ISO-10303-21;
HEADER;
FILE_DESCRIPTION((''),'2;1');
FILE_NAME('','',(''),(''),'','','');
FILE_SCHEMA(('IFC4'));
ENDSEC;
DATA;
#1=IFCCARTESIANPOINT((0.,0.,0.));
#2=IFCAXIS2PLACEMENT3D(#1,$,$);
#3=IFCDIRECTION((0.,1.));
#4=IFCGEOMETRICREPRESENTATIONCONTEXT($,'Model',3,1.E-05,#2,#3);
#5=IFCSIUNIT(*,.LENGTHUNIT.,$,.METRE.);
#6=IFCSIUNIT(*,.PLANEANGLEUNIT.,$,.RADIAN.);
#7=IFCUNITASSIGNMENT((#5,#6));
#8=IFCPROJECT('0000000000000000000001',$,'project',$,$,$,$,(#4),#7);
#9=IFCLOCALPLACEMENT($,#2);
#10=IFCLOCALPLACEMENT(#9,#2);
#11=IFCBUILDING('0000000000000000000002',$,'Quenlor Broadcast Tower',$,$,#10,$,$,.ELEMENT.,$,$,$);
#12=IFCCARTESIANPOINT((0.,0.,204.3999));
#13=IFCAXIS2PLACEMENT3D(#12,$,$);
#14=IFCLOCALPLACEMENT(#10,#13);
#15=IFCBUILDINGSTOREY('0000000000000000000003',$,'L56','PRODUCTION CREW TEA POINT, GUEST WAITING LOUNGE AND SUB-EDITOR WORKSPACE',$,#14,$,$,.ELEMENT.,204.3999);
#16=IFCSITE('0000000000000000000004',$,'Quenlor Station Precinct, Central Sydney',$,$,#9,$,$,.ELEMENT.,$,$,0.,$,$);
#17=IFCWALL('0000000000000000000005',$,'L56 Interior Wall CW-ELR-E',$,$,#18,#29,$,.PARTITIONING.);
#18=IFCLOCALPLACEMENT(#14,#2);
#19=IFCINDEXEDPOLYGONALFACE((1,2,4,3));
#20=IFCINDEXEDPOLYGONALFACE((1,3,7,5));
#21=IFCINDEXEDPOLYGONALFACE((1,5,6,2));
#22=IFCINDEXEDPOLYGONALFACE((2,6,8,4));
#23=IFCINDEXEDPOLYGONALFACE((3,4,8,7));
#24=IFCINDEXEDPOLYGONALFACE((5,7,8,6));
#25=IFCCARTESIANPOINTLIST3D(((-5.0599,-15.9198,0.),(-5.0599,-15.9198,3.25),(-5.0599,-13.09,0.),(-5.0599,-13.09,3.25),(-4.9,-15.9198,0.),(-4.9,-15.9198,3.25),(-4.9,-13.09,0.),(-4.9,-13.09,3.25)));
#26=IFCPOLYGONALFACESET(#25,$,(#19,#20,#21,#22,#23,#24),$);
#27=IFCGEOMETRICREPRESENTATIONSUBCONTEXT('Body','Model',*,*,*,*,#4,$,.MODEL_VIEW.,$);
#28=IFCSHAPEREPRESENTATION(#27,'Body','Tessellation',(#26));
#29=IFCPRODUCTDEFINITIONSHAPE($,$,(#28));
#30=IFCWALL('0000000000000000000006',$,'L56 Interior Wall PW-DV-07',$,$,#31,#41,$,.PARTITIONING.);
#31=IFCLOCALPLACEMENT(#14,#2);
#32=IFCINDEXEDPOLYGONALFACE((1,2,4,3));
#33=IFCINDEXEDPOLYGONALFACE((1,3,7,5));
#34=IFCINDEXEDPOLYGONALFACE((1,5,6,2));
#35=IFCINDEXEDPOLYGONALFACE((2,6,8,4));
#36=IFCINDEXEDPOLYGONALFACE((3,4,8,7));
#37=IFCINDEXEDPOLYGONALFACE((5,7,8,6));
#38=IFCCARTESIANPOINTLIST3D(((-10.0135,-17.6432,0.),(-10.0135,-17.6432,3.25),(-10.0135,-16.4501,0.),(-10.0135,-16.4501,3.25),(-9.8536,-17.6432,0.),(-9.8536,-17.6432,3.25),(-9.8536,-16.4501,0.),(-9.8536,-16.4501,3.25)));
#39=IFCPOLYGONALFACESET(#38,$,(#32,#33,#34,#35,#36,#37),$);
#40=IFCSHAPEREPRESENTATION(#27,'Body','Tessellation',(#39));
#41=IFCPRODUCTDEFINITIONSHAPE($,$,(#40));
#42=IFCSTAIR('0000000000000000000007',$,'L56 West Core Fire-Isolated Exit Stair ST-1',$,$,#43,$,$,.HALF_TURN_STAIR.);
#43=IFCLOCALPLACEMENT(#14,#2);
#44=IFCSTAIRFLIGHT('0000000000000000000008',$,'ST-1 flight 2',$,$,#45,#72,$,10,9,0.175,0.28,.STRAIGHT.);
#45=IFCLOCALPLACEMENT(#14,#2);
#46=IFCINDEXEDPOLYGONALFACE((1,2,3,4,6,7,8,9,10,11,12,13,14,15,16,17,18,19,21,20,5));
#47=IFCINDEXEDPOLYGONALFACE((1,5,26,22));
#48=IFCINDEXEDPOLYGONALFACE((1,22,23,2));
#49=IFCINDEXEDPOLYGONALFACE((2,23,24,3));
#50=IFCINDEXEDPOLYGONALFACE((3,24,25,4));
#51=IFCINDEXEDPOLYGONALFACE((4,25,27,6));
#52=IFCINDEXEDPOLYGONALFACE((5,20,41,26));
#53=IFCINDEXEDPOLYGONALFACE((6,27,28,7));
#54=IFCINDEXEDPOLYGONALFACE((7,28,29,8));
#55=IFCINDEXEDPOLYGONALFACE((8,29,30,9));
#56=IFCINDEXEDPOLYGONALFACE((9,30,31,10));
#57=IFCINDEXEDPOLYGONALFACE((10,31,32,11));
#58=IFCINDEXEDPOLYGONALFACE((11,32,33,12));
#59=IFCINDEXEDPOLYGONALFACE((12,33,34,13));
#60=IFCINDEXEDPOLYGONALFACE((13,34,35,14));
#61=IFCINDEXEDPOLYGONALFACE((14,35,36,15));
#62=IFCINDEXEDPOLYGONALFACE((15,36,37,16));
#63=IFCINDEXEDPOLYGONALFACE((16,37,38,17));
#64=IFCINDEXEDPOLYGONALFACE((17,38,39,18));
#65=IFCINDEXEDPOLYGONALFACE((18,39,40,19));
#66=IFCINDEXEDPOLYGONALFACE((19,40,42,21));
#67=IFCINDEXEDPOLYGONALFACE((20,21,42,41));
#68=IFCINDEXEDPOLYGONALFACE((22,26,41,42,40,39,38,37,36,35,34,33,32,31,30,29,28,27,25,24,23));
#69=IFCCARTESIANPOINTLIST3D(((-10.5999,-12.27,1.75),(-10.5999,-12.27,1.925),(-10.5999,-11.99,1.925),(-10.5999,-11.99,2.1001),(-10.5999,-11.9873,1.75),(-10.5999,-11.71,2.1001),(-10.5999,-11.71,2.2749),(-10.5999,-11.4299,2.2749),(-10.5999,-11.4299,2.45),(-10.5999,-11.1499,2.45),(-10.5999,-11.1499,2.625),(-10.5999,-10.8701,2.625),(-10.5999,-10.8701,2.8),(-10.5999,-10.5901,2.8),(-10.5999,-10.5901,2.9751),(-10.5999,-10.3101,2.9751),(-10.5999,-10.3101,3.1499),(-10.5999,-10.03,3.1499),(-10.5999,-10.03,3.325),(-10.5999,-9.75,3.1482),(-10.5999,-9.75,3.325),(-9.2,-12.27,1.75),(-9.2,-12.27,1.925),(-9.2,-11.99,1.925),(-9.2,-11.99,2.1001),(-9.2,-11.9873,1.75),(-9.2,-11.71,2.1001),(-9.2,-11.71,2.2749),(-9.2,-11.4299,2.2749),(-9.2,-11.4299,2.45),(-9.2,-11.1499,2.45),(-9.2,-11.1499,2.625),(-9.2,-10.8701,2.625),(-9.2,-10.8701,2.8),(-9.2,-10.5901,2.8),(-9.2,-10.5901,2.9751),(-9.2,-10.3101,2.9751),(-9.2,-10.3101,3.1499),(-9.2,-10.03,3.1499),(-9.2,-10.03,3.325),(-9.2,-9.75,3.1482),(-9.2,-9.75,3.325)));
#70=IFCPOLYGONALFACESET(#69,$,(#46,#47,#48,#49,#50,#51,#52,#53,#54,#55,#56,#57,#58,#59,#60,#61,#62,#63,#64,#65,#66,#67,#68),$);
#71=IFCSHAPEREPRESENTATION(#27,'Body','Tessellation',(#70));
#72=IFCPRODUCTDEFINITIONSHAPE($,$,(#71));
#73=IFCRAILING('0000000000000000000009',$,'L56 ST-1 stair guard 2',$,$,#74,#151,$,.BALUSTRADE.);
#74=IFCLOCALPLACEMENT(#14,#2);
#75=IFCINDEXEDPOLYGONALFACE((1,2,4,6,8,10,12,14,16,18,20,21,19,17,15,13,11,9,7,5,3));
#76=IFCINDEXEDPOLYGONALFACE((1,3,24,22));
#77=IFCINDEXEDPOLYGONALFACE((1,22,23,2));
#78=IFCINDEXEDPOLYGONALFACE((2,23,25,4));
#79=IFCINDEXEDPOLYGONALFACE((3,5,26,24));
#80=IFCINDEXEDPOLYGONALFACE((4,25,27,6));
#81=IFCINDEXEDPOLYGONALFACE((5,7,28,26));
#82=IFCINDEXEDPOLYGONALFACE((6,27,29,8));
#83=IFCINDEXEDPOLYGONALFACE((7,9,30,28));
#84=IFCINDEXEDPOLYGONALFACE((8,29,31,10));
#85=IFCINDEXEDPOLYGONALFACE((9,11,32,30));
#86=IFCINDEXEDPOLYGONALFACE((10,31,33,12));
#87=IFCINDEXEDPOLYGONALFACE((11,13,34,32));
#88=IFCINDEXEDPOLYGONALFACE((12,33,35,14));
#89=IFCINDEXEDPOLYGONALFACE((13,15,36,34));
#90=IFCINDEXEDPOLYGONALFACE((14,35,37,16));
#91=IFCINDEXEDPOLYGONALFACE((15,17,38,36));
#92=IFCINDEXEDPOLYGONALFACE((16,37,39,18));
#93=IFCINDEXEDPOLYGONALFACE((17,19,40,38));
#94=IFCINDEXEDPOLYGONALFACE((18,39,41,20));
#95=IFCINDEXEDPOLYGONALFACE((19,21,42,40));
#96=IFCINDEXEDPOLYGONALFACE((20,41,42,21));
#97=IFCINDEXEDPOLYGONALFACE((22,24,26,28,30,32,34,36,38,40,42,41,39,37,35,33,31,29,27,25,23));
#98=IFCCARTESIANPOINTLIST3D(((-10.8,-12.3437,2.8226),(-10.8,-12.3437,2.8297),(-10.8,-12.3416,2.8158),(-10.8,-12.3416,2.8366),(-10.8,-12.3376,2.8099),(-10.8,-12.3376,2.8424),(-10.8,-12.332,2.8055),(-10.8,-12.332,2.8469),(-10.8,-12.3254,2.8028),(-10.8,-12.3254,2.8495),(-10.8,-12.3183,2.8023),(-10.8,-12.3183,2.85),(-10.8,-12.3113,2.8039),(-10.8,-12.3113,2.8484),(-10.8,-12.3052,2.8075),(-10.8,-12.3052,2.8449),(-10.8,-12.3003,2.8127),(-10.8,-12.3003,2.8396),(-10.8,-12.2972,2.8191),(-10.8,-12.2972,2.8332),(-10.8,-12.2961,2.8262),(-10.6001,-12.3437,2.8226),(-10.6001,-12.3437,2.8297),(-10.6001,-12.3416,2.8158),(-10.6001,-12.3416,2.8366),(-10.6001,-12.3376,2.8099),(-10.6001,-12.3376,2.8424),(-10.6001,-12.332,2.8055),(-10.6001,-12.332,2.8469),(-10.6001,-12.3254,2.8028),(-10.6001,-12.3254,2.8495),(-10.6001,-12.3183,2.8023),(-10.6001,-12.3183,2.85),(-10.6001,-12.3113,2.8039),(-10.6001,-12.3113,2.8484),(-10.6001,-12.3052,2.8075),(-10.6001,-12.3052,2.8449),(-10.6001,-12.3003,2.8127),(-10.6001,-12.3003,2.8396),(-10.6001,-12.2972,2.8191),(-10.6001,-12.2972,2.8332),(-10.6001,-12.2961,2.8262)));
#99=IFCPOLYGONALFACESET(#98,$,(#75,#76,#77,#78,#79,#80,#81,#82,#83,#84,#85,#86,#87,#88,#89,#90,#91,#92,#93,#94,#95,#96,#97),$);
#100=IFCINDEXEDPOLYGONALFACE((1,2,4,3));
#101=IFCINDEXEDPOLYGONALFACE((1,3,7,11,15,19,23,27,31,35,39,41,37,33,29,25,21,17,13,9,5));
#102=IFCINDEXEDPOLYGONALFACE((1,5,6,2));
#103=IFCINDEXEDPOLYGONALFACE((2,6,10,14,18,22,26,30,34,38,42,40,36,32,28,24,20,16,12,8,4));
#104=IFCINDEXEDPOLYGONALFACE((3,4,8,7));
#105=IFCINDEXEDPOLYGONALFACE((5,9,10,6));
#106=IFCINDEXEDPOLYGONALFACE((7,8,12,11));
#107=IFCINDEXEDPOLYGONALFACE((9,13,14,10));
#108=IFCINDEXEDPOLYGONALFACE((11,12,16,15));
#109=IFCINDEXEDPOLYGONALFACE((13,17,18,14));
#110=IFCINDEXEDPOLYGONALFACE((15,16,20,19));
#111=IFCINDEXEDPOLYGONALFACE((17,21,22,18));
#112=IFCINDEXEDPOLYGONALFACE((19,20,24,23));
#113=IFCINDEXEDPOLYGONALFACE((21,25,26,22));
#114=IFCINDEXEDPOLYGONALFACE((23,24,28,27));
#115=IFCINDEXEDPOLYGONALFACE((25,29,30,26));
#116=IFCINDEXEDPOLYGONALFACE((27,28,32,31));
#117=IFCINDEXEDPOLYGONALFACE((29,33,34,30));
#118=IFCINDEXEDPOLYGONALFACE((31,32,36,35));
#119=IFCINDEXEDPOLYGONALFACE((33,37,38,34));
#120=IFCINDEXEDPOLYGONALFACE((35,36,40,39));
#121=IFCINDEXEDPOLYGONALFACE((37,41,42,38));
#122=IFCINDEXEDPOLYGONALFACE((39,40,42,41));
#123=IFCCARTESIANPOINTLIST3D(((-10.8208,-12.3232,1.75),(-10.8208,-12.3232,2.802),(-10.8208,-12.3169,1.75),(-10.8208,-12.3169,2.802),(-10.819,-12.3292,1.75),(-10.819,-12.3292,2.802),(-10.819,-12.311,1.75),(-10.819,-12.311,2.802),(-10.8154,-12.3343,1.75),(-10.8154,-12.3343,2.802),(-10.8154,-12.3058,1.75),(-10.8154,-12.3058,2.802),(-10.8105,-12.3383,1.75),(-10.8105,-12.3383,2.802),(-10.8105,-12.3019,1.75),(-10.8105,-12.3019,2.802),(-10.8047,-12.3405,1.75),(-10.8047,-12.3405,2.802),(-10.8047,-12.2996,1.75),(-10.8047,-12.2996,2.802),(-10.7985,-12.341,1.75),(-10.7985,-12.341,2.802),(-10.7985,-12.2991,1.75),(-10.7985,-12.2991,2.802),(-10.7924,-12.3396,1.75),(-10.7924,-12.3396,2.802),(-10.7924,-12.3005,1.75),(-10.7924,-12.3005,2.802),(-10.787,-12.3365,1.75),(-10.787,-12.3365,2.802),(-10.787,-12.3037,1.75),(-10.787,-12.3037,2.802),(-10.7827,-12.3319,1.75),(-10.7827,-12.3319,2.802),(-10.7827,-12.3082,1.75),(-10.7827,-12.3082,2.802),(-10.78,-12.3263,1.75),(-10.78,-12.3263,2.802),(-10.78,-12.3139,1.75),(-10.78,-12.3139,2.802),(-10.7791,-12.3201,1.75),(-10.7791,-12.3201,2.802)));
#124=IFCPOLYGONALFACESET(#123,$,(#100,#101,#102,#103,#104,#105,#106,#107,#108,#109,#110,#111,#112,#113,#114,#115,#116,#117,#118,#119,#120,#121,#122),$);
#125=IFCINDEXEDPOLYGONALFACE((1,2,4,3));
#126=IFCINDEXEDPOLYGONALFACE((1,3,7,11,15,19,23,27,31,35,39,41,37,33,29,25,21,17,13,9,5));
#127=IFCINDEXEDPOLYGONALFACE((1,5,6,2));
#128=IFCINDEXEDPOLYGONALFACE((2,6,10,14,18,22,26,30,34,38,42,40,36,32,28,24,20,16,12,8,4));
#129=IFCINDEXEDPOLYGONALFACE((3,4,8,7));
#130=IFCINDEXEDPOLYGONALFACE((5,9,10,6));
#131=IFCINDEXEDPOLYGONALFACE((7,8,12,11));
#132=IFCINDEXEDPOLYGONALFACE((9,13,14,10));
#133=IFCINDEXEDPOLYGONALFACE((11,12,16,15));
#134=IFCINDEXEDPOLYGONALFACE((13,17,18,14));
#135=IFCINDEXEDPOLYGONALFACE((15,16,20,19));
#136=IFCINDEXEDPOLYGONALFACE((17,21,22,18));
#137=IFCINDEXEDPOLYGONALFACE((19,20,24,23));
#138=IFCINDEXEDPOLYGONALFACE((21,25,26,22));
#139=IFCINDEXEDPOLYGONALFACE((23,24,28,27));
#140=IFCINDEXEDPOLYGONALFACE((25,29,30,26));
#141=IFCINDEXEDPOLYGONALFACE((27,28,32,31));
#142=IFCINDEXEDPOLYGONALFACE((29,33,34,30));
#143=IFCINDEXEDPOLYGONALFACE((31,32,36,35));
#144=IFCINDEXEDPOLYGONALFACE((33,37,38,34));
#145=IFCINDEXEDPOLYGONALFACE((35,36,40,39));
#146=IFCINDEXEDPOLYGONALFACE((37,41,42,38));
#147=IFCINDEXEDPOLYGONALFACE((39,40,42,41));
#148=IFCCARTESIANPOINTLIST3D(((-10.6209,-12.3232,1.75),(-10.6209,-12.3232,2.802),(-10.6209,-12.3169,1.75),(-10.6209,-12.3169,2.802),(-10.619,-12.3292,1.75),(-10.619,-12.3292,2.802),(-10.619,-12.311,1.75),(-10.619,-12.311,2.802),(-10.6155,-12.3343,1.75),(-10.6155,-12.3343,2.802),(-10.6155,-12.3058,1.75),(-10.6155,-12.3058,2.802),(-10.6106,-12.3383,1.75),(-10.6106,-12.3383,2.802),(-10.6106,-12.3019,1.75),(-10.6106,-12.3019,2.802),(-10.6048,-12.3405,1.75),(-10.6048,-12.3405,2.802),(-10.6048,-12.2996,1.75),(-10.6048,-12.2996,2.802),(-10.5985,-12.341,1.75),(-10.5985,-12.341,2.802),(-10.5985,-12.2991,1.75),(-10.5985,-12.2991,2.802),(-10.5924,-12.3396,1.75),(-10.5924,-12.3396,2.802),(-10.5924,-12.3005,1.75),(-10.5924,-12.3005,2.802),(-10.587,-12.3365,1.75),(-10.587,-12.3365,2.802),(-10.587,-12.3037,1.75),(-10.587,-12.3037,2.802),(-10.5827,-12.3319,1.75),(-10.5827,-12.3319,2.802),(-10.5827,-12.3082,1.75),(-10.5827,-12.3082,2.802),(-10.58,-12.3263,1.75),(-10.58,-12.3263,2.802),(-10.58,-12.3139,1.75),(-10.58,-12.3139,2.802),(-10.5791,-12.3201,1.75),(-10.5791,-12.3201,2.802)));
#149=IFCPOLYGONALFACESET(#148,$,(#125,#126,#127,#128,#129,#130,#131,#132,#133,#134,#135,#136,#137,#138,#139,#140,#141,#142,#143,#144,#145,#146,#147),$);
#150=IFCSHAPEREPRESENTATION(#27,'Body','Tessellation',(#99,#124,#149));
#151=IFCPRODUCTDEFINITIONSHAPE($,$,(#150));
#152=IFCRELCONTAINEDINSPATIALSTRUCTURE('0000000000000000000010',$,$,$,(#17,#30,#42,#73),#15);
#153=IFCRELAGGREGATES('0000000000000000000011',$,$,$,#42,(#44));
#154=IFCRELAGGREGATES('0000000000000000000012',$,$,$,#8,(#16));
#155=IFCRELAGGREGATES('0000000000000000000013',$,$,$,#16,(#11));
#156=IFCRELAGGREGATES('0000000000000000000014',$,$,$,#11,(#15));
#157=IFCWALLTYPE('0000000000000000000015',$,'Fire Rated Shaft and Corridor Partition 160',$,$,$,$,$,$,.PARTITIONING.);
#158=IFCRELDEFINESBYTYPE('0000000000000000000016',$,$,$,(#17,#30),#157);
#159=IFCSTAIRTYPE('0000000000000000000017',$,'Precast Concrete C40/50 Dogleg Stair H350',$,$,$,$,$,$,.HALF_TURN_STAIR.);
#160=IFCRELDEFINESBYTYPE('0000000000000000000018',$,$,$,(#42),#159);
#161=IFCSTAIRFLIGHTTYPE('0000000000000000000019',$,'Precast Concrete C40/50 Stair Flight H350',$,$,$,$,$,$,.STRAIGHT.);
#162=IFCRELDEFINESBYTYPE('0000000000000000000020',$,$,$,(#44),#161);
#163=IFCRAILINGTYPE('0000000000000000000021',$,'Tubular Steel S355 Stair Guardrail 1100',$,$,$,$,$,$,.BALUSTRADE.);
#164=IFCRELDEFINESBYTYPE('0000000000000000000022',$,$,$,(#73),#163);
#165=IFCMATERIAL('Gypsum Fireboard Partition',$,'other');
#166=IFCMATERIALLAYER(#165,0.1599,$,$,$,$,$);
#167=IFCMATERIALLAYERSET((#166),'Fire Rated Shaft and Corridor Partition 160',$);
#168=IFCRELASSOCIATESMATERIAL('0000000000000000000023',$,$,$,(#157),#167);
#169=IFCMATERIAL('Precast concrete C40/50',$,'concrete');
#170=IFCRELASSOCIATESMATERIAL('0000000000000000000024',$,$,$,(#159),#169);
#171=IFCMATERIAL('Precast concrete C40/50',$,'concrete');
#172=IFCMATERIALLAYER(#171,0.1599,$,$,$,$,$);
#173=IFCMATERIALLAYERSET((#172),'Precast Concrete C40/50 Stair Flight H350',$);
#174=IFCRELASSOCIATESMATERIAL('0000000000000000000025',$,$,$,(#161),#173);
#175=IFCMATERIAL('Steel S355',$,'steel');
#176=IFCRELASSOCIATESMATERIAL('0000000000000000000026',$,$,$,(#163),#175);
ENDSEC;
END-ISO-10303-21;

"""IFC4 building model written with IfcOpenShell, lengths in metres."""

from ifc_helpers import new_model, si_unit, direction, frame, frame_2d, origin, origin_2d, place, context, subcontext, project, spatial, polyline, rectangle, circle, outline, extrude, material, layer, layer_set, type_object, element, aggregate, save


model = new_model("IFC4")

# Units and contexts
model_context = context("Model", 3, precision=1e-05, world=origin(), true_north=direction((0.0, 1.0)))
body_context = subcontext(model_context, "Body", "Model", "MODEL_VIEW")
ifc_project = project(units=[si_unit("LENGTHUNIT", "METRE"), si_unit("PLANEANGLEUNIT", "RADIAN")], contexts=[model_context])

# Site, building, storey
site_placement = place(None, origin())
site = spatial("IfcSite", under=ifc_project, at=site_placement, Name="Quenlor Station Precinct, Central Sydney", CompositionType="ELEMENT", RefElevation=0.0)
building_placement = place(site_placement, origin())
building = spatial("IfcBuilding", under=site, at=building_placement, Name="Quenlor Broadcast Tower", CompositionType="ELEMENT")
storey_placement = place(building_placement, frame((0.0, 0.0, 204.3999)))
storey = spatial("IfcBuildingStorey", under=building, at=storey_placement, Name="L56", Description="PRODUCTION CREW TEA POINT, GUEST WAITING LOUNGE AND SUB-EDITOR WORKSPACE", CompositionType="ELEMENT", Elevation=204.3999)

# Walls
ifc_material_1 = material(Name="Gypsum Fireboard Partition", Category="other")
ifc_layer_1 = layer(ifc_material_1, 0.1599)
ifc_layer_set_1 = layer_set([ifc_layer_1], Name="Fire Rated Shaft and Corridor Partition 160")
wall_type_1 = type_object("IfcWallType", Name="Fire Rated Shaft and Corridor Partition 160", PredefinedType="PARTITIONING", material=ifc_layer_set_1)
wall_1_placement = place(storey_placement, frame((-4.98, -15.9199, 0.0), z_axis=(0.0, 0.0, 1.0), x_axis=(0.0, 1.0, 0.0)))
element("IfcWall", 1, at=wall_1_placement, inside=storey, type_object=wall_type_1, Name="L56 Interior Wall CW-ELR-E", PredefinedType="PARTITIONING", context=body_context, shape_type="SweptSolid", body=[
    extrude(rectangle(XDim=2.8298, YDim=0.1599, at=frame_2d((1.415, 0.0))), origin(), (0.0, 0.0, 1.0), 3.25),
])
wall_2_placement = place(storey_placement, frame((-9.9336, -16.45, 0.0), z_axis=(0.0, 0.0, 1.0), x_axis=(0.0, -1.0, 0.0)))
element("IfcWall", 2, at=wall_2_placement, inside=storey, type_object=wall_type_1, Name="L56 Interior Wall PW-DV-07", PredefinedType="PARTITIONING", context=body_context, shape_type="SweptSolid", body=[
    extrude(rectangle(XDim=1.1931, YDim=0.1599, at=frame_2d((0.5967, 0.0))), origin(), (0.0, 0.0, 1.0), 3.25),
])

# Stair, stair flight
ifc_material_2 = material(Name="Precast concrete C40/50", Category="concrete")
stair_type = type_object("IfcStairType", Name="Precast Concrete C40/50 Dogleg Stair H350", PredefinedType="HALF_TURN_STAIR", material=ifc_material_2)
stair_placement = place(storey_placement, origin())
stair = element("IfcStair", 3, at=stair_placement, inside=storey, type_object=stair_type, Name="L56 West Core Fire-Isolated Exit Stair ST-1", PredefinedType="HALF_TURN_STAIR")
ifc_material_3 = material(Name="Precast concrete C40/50", Category="concrete")
ifc_layer_2 = layer(ifc_material_3, 0.1599)
ifc_layer_set_2 = layer_set([ifc_layer_2], Name="Precast Concrete C40/50 Stair Flight H350")
stair_flight_type = type_object("IfcStairFlightType", Name="Precast Concrete C40/50 Stair Flight H350", PredefinedType="STRAIGHT", material=ifc_layer_set_2)
stair_flight_placement = place(storey_placement, frame((-9.8999, -12.27, 1.75), z_axis=(0.0, 0.0, 1.0), x_axis=(0.0, 1.0, 0.0)))
stair_flight = element("IfcStairFlight", 4, at=stair_flight_placement, type_object=stair_flight_type, Name="ST-1 flight 2", NumberOfRisers=10, NumberOfTreads=9, PredefinedType="STRAIGHT", RiserHeight=0.175, TreadLength=0.28, context=body_context, shape_type="SweptSolid", body=[
    extrude(outline(polyline([(0.0, 0.0), (0.0, 0.175), (0.28, 0.175), (0.28, 0.3501), (0.5601, 0.3501), (0.5601, 0.5249), (0.8401, 0.5249), (0.8401, 0.7), (1.1201, 0.7), (1.1201, 0.875), (1.3999, 0.875), (1.3999, 1.05), (1.6799, 1.05), (1.6799, 1.2251), (1.96, 1.2251), (1.96, 1.3999), (2.24, 1.3999), (2.24, 1.575), (2.52, 1.575), (2.52, 1.75), (2.52, 1.3982), (0.2827, 0.0), (0.0, 0.0)])), frame((0.0, 0.7, 0.0), z_axis=(0.0, -1.0, 0.0), x_axis=(1.0, 0.0, 0.0)), (0.0, 0.0, 1.0), 1.3999),
])
aggregate(stair, [stair_flight])

# Railing
ifc_material_4 = material(Name="Steel S355", Category="steel")
railing_type = type_object("IfcRailingType", Name="Tubular Steel S355 Stair Guardrail 1100", PredefinedType="BALUSTRADE", material=ifc_material_4)
railing_1_placement = place(storey_placement, frame((-10.8, -12.3201, 1.75)))
element("IfcRailing", 5, at=railing_1_placement, inside=storey, type_object=railing_type, Name="L56 ST-1 stair guard 2", PredefinedType="BALUSTRADE", context=body_context, shape_type="SweptSolid", body=[
    extrude(circle(Radius=0.0239, at=origin_2d()), frame((0.0, 0.0, 1.0762), z_axis=(1.0, 0.0, 0.0), x_axis=(0.0, 1.0, 0.0)), (0.0, 0.0, 1.0), 0.2),
    extrude(circle(Radius=0.021, at=origin_2d()), origin(), (0.0, 0.0, 1.0), 1.052),
    extrude(circle(Radius=0.021, at=origin_2d()), frame((0.2, 0.0, 0.0)), (0.0, 0.0, 1.0), 1.052),
])

save(model, "model.ifc")
